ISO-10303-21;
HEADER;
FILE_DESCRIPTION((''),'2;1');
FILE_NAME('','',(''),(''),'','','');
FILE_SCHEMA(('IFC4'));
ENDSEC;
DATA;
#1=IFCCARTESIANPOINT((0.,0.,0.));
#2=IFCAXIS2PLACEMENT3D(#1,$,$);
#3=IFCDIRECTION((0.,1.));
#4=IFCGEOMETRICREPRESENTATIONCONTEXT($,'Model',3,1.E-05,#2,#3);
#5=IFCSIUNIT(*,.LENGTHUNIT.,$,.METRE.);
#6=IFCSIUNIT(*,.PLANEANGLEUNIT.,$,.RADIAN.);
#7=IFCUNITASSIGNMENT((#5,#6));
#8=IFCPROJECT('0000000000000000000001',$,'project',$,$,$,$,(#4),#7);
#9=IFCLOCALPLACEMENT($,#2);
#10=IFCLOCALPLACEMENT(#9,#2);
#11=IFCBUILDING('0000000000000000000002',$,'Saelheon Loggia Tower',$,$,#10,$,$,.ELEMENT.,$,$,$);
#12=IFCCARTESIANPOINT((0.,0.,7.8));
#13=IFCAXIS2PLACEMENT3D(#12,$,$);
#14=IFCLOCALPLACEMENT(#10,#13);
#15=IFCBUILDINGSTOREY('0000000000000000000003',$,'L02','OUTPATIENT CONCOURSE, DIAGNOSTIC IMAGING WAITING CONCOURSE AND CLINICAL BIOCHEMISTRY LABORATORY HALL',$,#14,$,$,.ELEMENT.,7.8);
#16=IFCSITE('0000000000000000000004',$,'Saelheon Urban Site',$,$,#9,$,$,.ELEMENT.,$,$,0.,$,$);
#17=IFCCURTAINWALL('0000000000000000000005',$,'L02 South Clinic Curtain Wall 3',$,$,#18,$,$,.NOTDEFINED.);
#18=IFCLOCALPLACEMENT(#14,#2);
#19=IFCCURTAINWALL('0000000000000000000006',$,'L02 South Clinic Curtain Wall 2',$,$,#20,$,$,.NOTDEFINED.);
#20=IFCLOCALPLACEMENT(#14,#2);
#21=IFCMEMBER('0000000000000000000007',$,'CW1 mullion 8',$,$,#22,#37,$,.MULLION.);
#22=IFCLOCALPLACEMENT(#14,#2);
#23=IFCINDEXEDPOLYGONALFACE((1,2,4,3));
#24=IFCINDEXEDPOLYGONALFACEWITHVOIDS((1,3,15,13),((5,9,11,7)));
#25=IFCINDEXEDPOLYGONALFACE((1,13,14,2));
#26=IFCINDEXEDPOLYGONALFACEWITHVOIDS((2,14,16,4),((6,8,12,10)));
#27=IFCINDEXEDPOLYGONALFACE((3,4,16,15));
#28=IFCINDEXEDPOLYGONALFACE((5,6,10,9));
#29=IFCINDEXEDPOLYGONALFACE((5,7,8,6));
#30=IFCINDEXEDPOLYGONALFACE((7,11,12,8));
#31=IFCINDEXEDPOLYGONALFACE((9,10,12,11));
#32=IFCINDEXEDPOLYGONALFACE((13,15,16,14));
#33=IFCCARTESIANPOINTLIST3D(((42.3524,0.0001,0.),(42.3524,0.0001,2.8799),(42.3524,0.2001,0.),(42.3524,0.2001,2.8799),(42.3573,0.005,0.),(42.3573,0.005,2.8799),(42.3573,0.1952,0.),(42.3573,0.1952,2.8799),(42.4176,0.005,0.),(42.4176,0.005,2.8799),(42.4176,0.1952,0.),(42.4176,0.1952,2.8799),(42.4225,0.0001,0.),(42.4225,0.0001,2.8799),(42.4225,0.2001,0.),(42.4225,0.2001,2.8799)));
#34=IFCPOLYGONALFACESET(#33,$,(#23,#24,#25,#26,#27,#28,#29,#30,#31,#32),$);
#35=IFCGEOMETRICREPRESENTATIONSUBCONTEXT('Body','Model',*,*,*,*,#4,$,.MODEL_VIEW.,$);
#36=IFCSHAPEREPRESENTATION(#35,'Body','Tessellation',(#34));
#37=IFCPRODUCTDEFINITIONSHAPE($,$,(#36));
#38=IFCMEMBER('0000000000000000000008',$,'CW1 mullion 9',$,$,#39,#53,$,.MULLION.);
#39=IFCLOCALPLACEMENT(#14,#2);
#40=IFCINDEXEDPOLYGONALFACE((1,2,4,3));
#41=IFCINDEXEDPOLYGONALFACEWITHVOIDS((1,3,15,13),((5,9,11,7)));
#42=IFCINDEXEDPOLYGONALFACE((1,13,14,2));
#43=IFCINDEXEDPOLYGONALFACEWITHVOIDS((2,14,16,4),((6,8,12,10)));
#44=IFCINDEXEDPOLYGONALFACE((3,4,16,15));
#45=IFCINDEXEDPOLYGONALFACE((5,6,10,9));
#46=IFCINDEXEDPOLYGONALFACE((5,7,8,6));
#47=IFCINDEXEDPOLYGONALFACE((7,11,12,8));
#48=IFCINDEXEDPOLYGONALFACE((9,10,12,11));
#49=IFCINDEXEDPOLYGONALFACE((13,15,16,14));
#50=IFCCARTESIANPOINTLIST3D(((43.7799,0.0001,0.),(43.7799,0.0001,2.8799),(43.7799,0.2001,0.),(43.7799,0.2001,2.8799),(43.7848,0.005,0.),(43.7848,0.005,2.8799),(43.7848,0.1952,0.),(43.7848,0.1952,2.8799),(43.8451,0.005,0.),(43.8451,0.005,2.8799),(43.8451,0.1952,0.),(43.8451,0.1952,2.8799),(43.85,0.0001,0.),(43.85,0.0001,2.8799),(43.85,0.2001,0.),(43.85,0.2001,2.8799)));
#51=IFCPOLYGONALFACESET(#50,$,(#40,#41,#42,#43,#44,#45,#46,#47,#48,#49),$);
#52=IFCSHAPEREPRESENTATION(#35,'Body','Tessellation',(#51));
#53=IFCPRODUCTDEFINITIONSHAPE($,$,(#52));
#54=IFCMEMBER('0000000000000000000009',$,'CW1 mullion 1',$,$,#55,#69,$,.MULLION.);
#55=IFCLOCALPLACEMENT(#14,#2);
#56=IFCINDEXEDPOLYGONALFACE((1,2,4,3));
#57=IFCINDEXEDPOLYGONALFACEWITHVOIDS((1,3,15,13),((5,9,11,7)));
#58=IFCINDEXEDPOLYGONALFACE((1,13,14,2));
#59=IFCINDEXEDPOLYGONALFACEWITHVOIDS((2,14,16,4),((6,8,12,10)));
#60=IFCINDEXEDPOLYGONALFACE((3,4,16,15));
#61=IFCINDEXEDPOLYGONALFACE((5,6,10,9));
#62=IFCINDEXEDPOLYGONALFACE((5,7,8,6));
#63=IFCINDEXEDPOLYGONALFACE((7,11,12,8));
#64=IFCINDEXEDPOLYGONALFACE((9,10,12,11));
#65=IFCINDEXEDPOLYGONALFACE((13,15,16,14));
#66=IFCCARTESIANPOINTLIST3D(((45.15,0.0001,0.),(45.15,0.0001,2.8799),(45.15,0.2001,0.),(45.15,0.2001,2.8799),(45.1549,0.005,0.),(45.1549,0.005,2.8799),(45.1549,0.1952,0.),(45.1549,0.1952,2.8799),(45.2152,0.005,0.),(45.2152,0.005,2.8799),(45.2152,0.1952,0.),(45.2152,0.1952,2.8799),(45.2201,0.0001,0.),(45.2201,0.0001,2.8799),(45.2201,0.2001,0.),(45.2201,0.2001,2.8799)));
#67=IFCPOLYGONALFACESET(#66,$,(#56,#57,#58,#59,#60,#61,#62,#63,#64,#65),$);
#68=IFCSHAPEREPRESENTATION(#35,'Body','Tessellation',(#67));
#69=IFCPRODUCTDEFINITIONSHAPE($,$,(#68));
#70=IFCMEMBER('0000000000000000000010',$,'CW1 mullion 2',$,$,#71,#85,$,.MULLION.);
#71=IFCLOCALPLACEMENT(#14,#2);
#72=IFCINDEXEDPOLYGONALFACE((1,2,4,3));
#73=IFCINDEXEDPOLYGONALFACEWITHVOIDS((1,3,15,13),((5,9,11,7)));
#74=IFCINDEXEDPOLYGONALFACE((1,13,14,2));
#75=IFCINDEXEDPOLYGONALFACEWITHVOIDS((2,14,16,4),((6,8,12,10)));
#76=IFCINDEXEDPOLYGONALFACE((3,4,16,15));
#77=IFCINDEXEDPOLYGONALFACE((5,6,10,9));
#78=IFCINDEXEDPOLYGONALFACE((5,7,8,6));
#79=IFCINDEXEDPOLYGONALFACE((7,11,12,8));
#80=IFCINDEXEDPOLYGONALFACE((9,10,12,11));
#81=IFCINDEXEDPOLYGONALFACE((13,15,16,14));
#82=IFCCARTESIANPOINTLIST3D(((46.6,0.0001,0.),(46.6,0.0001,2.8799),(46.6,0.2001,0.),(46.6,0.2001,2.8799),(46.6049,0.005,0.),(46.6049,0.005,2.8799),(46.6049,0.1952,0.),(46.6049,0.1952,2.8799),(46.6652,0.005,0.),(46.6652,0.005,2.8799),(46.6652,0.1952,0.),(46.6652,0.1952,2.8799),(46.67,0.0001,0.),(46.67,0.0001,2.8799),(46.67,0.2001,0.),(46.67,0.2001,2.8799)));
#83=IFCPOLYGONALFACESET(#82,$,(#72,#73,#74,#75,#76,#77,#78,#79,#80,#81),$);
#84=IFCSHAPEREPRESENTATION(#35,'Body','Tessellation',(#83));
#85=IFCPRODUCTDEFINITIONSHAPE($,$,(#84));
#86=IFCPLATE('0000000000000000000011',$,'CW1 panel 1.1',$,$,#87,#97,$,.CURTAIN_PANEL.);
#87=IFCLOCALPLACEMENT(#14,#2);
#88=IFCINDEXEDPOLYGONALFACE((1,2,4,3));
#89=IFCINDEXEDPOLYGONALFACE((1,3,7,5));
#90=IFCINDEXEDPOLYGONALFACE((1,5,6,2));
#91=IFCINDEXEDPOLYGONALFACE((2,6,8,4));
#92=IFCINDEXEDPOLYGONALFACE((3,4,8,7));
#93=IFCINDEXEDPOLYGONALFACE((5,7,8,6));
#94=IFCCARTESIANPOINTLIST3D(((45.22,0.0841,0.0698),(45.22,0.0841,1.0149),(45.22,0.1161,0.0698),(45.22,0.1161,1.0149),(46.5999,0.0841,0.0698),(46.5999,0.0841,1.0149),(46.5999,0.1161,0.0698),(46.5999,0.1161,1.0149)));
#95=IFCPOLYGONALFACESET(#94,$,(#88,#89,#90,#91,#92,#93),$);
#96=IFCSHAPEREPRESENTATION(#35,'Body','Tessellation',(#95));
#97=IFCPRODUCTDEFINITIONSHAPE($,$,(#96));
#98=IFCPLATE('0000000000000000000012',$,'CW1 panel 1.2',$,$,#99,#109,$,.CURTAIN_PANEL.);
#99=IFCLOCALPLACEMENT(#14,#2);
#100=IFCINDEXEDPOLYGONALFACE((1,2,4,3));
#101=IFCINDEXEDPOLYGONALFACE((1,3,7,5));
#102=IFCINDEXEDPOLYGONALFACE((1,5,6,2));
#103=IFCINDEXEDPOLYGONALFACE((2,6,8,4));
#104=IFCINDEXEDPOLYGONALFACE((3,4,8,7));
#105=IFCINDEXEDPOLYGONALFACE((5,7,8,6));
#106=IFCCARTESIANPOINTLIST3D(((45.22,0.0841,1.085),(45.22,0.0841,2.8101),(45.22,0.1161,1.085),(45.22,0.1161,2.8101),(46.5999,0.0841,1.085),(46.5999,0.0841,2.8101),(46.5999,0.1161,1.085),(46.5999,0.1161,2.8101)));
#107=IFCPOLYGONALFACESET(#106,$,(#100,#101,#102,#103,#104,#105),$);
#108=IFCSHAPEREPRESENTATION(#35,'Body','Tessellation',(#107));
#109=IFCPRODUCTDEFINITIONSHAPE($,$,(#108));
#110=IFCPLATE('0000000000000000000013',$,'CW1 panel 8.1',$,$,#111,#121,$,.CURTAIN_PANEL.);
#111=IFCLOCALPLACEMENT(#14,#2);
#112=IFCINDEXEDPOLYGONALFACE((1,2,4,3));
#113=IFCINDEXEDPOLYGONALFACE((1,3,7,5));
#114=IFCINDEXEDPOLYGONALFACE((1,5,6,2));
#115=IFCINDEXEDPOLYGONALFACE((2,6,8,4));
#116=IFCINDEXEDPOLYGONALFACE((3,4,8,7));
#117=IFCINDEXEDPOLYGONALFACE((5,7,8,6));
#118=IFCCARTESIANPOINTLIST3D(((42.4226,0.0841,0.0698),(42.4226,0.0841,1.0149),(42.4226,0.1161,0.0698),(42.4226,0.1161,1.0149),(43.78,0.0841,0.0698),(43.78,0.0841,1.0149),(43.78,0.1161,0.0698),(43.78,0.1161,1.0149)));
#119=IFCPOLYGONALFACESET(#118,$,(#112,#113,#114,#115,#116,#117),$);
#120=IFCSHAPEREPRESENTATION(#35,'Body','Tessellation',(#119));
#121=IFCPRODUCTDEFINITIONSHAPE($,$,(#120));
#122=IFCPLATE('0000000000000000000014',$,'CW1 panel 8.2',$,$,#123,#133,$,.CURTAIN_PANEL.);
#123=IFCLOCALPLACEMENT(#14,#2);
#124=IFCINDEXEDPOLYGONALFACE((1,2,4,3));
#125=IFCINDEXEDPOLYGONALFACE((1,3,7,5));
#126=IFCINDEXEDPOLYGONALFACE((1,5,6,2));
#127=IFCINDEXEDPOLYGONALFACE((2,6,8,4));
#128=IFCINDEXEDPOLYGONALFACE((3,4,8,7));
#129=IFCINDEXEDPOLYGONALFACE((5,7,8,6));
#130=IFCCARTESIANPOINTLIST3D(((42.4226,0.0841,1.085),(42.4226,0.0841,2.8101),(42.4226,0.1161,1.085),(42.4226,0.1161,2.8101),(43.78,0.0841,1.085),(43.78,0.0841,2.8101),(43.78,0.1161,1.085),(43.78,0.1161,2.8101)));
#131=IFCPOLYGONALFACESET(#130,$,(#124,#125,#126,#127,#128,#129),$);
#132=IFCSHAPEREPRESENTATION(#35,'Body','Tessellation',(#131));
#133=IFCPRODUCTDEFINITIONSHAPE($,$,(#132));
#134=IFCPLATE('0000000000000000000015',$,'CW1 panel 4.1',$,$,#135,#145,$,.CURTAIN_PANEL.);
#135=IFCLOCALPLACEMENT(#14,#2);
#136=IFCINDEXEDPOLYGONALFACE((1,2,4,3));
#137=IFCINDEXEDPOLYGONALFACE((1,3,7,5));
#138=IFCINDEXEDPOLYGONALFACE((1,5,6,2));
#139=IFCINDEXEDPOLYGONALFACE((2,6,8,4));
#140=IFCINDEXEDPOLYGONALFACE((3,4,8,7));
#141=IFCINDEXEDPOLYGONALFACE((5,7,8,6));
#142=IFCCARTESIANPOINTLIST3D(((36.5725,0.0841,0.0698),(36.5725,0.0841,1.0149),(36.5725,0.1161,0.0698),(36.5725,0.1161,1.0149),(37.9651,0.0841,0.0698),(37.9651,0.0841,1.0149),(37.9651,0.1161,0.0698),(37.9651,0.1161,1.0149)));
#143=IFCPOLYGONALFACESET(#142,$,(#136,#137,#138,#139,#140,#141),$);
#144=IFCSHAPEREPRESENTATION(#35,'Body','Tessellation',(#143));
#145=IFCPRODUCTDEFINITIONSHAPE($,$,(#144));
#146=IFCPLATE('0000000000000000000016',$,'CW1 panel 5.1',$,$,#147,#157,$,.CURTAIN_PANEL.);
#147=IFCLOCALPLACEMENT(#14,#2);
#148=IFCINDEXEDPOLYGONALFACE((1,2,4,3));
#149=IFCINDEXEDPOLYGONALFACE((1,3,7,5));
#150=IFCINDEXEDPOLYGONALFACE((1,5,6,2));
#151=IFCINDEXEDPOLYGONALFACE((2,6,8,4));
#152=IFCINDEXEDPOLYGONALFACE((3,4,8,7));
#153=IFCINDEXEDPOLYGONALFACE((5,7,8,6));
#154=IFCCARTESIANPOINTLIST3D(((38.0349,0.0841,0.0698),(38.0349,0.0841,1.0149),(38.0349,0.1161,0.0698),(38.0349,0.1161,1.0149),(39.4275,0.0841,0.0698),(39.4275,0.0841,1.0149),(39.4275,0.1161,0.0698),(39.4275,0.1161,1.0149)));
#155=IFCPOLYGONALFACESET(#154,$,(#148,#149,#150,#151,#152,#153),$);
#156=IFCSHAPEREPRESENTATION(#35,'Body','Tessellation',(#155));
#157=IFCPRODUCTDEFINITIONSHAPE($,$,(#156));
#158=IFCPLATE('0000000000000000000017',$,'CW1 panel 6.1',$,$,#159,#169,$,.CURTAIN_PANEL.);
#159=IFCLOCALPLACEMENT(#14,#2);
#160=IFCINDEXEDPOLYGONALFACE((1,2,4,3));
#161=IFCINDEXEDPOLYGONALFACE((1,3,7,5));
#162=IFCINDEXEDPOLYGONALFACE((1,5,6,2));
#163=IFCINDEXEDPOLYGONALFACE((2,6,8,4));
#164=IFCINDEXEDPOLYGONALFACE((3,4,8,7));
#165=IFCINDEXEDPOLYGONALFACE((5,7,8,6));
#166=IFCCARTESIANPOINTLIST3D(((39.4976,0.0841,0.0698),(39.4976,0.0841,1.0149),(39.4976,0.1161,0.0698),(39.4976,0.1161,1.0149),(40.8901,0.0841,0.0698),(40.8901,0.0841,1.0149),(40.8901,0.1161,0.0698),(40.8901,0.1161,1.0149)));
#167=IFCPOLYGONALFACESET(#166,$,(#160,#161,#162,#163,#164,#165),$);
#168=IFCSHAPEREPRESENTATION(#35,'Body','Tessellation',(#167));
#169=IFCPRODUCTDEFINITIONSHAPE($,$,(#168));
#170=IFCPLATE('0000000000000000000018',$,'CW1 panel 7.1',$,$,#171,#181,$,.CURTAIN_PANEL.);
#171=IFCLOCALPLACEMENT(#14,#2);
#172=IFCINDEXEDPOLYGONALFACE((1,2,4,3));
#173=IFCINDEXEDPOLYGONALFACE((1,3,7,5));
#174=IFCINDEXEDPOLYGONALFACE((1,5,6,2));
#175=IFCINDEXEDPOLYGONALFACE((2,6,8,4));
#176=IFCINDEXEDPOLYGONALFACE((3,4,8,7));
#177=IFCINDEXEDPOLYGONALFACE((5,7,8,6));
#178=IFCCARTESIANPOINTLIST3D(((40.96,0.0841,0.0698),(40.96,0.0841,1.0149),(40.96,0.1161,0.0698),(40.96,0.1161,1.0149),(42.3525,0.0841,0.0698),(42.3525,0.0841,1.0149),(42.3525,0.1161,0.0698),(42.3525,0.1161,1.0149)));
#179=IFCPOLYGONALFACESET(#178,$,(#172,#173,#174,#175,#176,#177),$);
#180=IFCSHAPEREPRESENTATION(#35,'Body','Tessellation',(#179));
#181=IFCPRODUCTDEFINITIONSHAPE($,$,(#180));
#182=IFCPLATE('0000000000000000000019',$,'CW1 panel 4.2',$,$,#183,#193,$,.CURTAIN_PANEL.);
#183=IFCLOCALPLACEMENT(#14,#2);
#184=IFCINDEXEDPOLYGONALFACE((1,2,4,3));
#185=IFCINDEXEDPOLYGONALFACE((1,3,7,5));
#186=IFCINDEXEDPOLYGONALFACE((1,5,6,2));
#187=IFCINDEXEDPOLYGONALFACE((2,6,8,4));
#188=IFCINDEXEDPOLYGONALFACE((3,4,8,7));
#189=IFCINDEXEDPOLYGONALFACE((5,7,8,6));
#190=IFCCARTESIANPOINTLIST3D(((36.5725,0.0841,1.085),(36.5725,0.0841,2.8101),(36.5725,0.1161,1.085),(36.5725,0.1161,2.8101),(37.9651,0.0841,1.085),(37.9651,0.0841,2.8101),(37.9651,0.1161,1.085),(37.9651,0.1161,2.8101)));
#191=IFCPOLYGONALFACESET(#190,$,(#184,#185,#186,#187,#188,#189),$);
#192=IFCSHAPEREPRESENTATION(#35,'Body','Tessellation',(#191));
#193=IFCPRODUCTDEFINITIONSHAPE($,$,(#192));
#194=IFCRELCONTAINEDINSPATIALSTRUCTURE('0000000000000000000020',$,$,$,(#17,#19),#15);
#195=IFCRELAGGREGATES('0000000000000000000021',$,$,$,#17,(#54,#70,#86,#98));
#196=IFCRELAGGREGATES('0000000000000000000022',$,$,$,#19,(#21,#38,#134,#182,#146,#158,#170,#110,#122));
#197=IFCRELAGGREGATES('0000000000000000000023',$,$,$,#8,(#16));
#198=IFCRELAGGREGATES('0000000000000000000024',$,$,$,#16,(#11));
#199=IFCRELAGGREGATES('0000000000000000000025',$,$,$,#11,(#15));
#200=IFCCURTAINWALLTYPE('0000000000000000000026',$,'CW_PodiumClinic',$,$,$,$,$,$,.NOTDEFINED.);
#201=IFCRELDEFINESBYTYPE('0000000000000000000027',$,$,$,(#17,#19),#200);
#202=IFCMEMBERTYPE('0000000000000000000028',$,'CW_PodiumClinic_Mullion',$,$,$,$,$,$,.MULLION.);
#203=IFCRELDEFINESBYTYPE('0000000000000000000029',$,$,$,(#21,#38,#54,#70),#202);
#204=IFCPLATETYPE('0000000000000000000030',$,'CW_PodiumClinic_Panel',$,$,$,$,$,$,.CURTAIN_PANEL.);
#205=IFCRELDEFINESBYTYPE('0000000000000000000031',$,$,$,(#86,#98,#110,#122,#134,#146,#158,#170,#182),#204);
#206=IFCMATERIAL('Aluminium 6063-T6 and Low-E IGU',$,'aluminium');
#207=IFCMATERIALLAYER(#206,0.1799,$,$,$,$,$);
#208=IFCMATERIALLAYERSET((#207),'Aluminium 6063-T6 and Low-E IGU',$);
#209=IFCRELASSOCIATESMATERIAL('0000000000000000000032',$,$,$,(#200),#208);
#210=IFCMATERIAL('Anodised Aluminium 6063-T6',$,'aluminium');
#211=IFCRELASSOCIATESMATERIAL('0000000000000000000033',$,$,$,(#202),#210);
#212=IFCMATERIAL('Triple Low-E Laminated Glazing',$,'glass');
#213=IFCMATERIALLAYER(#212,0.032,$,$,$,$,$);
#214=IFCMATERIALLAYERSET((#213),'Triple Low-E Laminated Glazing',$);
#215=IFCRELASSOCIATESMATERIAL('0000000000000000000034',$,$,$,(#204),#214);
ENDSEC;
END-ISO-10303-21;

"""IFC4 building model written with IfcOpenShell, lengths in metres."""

from ifc_helpers import new_model, si_unit, direction, frame, origin, origin_2d, place, context, subcontext, project, spatial, rectangle, hollow_rectangle, extrude, source, transform, mapped, material, layer, layer_set, material_profile, profile_set, type_object, element, aggregate, save


model = new_model("IFC4")

# Units and contexts
model_context = context("Model", 3, precision=1e-05, world=origin(), true_north=direction((0.0, 1.0)))
body_context = subcontext(model_context, "Body", "Model", "MODEL_VIEW")
ifc_project = project(units=[si_unit("LENGTHUNIT", "METRE"), si_unit("PLANEANGLEUNIT", "RADIAN")], contexts=[model_context])

# Site, building, storey
site_placement = place(None, origin())
site = spatial("IfcSite", under=ifc_project, at=site_placement, Name="Saelheon Urban Site", CompositionType="ELEMENT", RefElevation=0.0)
building_placement = place(site_placement, origin())
building = spatial("IfcBuilding", under=site, at=building_placement, Name="Saelheon Loggia Tower", CompositionType="ELEMENT")
storey_placement = place(building_placement, frame((0.0, 0.0, 7.8)))
storey = spatial("IfcBuildingStorey", under=building, at=storey_placement, Name="L02", Description="OUTPATIENT CONCOURSE, DIAGNOSTIC IMAGING WAITING CONCOURSE AND CLINICAL BIOCHEMISTRY LABORATORY HALL", CompositionType="ELEMENT", Elevation=7.8)

# Curtain walls, members
ifc_material_1 = material(Name="Aluminium 6063-T6 and Low-E IGU", Category="aluminium")
ifc_layer_1 = layer(ifc_material_1, 0.1799)
ifc_layer_set_1 = layer_set([ifc_layer_1], Name="Aluminium 6063-T6 and Low-E IGU")
curtain_wall_type = type_object("IfcCurtainWallType", Name="CW_PodiumClinic", PredefinedType="NOTDEFINED", material=ifc_layer_set_1)
curtain_wall_1_placement = place(storey_placement, origin())
curtain_wall_1 = element("IfcCurtainWall", 1, at=curtain_wall_1_placement, inside=storey, type_object=curtain_wall_type, Name="L02 South Clinic Curtain Wall 3", PredefinedType="NOTDEFINED")
ifc_material_2 = material(Name="Anodised Aluminium 6063-T6", Category="aluminium")
curtain_wall_2_placement = place(storey_placement, origin())
curtain_wall_2 = element("IfcCurtainWall", 2, at=curtain_wall_2_placement, inside=storey, type_object=curtain_wall_type, Name="L02 South Clinic Curtain Wall 2", PredefinedType="NOTDEFINED")
ifc_material_profile_1 = material_profile(ifc_material_2, hollow_rectangle(XDim=0.0701, YDim=0.2, WallThickness=0.0049, at=origin_2d()), Name="RHS-200x70x5")
ifc_profile_set_1 = profile_set([ifc_material_profile_1], Name="Anodised Aluminium 6063-T6")
member_type_1 = type_object("IfcMemberType", Name="CW_PodiumClinic_Mullion", PredefinedType="MULLION", material=ifc_profile_set_1)
shared_shape_1 = source(origin(), body_context, "Body", "SweptSolid", [
    extrude(hollow_rectangle(XDim=0.0701, YDim=0.2, WallThickness=0.0049, at=origin_2d()), origin(), (0.0, 0.0, 1.0), 2.8799),
])
member_1_placement = place(storey_placement, frame((42.3875, 0.1001, 0.0), z_axis=(0.0, 0.0, 1.0), x_axis=(1.0, 0.0, 0.0)))
member_1 = element("IfcMember", 3, at=member_1_placement, type_object=member_type_1, Name="CW1 mullion 8", PredefinedType="MULLION", context=body_context, shape_type="MappedRepresentation", body=[
    mapped(shared_shape_1, transform((0.0, 0.0, 0.0), scale=1.0)),
])
member_2_placement = place(storey_placement, frame((43.8149, 0.1001, 0.0), z_axis=(0.0, 0.0, 1.0), x_axis=(1.0, 0.0, 0.0)))
member_2 = element("IfcMember", 4, at=member_2_placement, type_object=member_type_1, Name="CW1 mullion 9", PredefinedType="MULLION", context=body_context, shape_type="MappedRepresentation", body=[
    mapped(shared_shape_1, transform((0.0, 0.0, 0.0), scale=1.0)),
])

# Members
member_3_placement = place(storey_placement, frame((45.1851, 0.1001, 0.0), z_axis=(0.0, 0.0, 1.0), x_axis=(1.0, 0.0, 0.0)))
member_3 = element("IfcMember", 5, at=member_3_placement, type_object=member_type_1, Name="CW1 mullion 1", PredefinedType="MULLION", context=body_context, shape_type="MappedRepresentation", body=[
    mapped(shared_shape_1, transform((0.0, 0.0, 0.0), scale=1.0)),
])
member_4_placement = place(storey_placement, frame((46.635, 0.1001, 0.0), z_axis=(0.0, 0.0, 1.0), x_axis=(1.0, 0.0, 0.0)))
member_4 = element("IfcMember", 6, at=member_4_placement, type_object=member_type_1, Name="CW1 mullion 2", PredefinedType="MULLION", context=body_context, shape_type="MappedRepresentation", body=[
    mapped(shared_shape_1, transform((0.0, 0.0, 0.0), scale=1.0)),
])

# Plates
ifc_material_3 = material(Name="Triple Low-E Laminated Glazing", Category="glass")
ifc_layer_2 = layer(ifc_material_3, 0.032)
ifc_layer_set_2 = layer_set([ifc_layer_2], Name="Triple Low-E Laminated Glazing")
plate_type = type_object("IfcPlateType", Name="CW_PodiumClinic_Panel", PredefinedType="CURTAIN_PANEL", material=ifc_layer_set_2)
shared_shape_2 = source(origin(), body_context, "Body", "SweptSolid", [
    extrude(rectangle(XDim=1.3799, YDim=0.032, at=origin_2d()), origin(), (0.0, 0.0, 1.0), 0.9451),
])
plate_1_placement = place(storey_placement, frame((45.9099, 0.1001, 0.0698), z_axis=(0.0, 0.0, 1.0), x_axis=(1.0, 0.0, 0.0)))
plate_1 = element("IfcPlate", 7, at=plate_1_placement, type_object=plate_type, Name="CW1 panel 1.1", PredefinedType="CURTAIN_PANEL", context=body_context, shape_type="MappedRepresentation", body=[
    mapped(shared_shape_2, transform((0.0, 0.0, 0.0), scale=1.0)),
])
shared_shape_3 = source(origin(), body_context, "Body", "SweptSolid", [
    extrude(rectangle(XDim=1.3799, YDim=0.032, at=origin_2d()), origin(), (0.0, 0.0, 1.0), 1.7251),
])
plate_2_placement = place(storey_placement, frame((45.9099, 0.1001, 1.085), z_axis=(0.0, 0.0, 1.0), x_axis=(1.0, 0.0, 0.0)))
plate_2 = element("IfcPlate", 8, at=plate_2_placement, type_object=plate_type, Name="CW1 panel 1.2", PredefinedType="CURTAIN_PANEL", context=body_context, shape_type="MappedRepresentation", body=[
    mapped(shared_shape_3, transform((0.0, 0.0, 0.0), scale=1.0)),
])
aggregate(curtain_wall_1, [member_3, member_4, plate_1, plate_2])
shared_shape_4 = source(origin(), body_context, "Body", "SweptSolid", [
    extrude(rectangle(XDim=1.3574, YDim=0.032, at=origin_2d()), origin(), (0.0, 0.0, 1.0), 0.9451),
])
plate_3_placement = place(storey_placement, frame((43.1013, 0.1001, 0.0698), z_axis=(0.0, 0.0, 1.0), x_axis=(1.0, 0.0, 0.0)))
plate_3 = element("IfcPlate", 9, at=plate_3_placement, type_object=plate_type, Name="CW1 panel 8.1", PredefinedType="CURTAIN_PANEL", context=body_context, shape_type="MappedRepresentation", body=[
    mapped(shared_shape_4, transform((0.0, 0.0, 0.0), scale=1.0)),
])
shared_shape_5 = source(origin(), body_context, "Body", "SweptSolid", [
    extrude(rectangle(XDim=1.3574, YDim=0.032, at=origin_2d()), origin(), (0.0, 0.0, 1.0), 1.7251),
])
plate_4_placement = place(storey_placement, frame((43.1013, 0.1001, 1.085), z_axis=(0.0, 0.0, 1.0), x_axis=(1.0, 0.0, 0.0)))
plate_4 = element("IfcPlate", 10, at=plate_4_placement, type_object=plate_type, Name="CW1 panel 8.2", PredefinedType="CURTAIN_PANEL", context=body_context, shape_type="MappedRepresentation", body=[
    mapped(shared_shape_5, transform((0.0, 0.0, 0.0), scale=1.0)),
])
shared_shape_6 = source(origin(), body_context, "Body", "SweptSolid", [
    extrude(rectangle(XDim=1.3926, YDim=0.032, at=origin_2d()), origin(), (0.0, 0.0, 1.0), 0.9451),
])
plate_5_placement = place(storey_placement, frame((37.2688, 0.1001, 0.0698), z_axis=(0.0, 0.0, 1.0), x_axis=(1.0, 0.0, 0.0)))
plate_5 = element("IfcPlate", 11, at=plate_5_placement, type_object=plate_type, Name="CW1 panel 4.1", PredefinedType="CURTAIN_PANEL", context=body_context, shape_type="MappedRepresentation", body=[
    mapped(shared_shape_6, transform((0.0, 0.0, 0.0), scale=1.0)),
])
plate_6_placement = place(storey_placement, frame((38.7312, 0.1001, 0.0698), z_axis=(0.0, 0.0, 1.0), x_axis=(1.0, 0.0, 0.0)))
plate_6 = element("IfcPlate", 12, at=plate_6_placement, type_object=plate_type, Name="CW1 panel 5.1", PredefinedType="CURTAIN_PANEL", context=body_context, shape_type="MappedRepresentation", body=[
    mapped(shared_shape_6, transform((0.0, 0.0, 0.0), scale=1.0)),
])
plate_7_placement = place(storey_placement, frame((40.1938, 0.1001, 0.0698), z_axis=(0.0, 0.0, 1.0), x_axis=(1.0, 0.0, 0.0)))
plate_7 = element("IfcPlate", 13, at=plate_7_placement, type_object=plate_type, Name="CW1 panel 6.1", PredefinedType="CURTAIN_PANEL", context=body_context, shape_type="MappedRepresentation", body=[
    mapped(shared_shape_6, transform((0.0, 0.0, 0.0), scale=1.0)),
])
plate_8_placement = place(storey_placement, frame((41.6562, 0.1001, 0.0698), z_axis=(0.0, 0.0, 1.0), x_axis=(1.0, 0.0, 0.0)))
plate_8 = element("IfcPlate", 14, at=plate_8_placement, type_object=plate_type, Name="CW1 panel 7.1", PredefinedType="CURTAIN_PANEL", context=body_context, shape_type="MappedRepresentation", body=[
    mapped(shared_shape_6, transform((0.0, 0.0, 0.0), scale=1.0)),
])
shared_shape_7 = source(origin(), body_context, "Body", "SweptSolid", [
    extrude(rectangle(XDim=1.3926, YDim=0.032, at=origin_2d()), origin(), (0.0, 0.0, 1.0), 1.7251),
])
plate_9_placement = place(storey_placement, frame((37.2688, 0.1001, 1.085), z_axis=(0.0, 0.0, 1.0), x_axis=(1.0, 0.0, 0.0)))
plate_9 = element("IfcPlate", 15, at=plate_9_placement, type_object=plate_type, Name="CW1 panel 4.2", PredefinedType="CURTAIN_PANEL", context=body_context, shape_type="MappedRepresentation", body=[
    mapped(shared_shape_7, transform((0.0, 0.0, 0.0), scale=1.0)),
])
aggregate(curtain_wall_2, [member_1, member_2, plate_5, plate_9, plate_6, plate_7, plate_8, plate_3, plate_4])

save(model, "model.ifc")
